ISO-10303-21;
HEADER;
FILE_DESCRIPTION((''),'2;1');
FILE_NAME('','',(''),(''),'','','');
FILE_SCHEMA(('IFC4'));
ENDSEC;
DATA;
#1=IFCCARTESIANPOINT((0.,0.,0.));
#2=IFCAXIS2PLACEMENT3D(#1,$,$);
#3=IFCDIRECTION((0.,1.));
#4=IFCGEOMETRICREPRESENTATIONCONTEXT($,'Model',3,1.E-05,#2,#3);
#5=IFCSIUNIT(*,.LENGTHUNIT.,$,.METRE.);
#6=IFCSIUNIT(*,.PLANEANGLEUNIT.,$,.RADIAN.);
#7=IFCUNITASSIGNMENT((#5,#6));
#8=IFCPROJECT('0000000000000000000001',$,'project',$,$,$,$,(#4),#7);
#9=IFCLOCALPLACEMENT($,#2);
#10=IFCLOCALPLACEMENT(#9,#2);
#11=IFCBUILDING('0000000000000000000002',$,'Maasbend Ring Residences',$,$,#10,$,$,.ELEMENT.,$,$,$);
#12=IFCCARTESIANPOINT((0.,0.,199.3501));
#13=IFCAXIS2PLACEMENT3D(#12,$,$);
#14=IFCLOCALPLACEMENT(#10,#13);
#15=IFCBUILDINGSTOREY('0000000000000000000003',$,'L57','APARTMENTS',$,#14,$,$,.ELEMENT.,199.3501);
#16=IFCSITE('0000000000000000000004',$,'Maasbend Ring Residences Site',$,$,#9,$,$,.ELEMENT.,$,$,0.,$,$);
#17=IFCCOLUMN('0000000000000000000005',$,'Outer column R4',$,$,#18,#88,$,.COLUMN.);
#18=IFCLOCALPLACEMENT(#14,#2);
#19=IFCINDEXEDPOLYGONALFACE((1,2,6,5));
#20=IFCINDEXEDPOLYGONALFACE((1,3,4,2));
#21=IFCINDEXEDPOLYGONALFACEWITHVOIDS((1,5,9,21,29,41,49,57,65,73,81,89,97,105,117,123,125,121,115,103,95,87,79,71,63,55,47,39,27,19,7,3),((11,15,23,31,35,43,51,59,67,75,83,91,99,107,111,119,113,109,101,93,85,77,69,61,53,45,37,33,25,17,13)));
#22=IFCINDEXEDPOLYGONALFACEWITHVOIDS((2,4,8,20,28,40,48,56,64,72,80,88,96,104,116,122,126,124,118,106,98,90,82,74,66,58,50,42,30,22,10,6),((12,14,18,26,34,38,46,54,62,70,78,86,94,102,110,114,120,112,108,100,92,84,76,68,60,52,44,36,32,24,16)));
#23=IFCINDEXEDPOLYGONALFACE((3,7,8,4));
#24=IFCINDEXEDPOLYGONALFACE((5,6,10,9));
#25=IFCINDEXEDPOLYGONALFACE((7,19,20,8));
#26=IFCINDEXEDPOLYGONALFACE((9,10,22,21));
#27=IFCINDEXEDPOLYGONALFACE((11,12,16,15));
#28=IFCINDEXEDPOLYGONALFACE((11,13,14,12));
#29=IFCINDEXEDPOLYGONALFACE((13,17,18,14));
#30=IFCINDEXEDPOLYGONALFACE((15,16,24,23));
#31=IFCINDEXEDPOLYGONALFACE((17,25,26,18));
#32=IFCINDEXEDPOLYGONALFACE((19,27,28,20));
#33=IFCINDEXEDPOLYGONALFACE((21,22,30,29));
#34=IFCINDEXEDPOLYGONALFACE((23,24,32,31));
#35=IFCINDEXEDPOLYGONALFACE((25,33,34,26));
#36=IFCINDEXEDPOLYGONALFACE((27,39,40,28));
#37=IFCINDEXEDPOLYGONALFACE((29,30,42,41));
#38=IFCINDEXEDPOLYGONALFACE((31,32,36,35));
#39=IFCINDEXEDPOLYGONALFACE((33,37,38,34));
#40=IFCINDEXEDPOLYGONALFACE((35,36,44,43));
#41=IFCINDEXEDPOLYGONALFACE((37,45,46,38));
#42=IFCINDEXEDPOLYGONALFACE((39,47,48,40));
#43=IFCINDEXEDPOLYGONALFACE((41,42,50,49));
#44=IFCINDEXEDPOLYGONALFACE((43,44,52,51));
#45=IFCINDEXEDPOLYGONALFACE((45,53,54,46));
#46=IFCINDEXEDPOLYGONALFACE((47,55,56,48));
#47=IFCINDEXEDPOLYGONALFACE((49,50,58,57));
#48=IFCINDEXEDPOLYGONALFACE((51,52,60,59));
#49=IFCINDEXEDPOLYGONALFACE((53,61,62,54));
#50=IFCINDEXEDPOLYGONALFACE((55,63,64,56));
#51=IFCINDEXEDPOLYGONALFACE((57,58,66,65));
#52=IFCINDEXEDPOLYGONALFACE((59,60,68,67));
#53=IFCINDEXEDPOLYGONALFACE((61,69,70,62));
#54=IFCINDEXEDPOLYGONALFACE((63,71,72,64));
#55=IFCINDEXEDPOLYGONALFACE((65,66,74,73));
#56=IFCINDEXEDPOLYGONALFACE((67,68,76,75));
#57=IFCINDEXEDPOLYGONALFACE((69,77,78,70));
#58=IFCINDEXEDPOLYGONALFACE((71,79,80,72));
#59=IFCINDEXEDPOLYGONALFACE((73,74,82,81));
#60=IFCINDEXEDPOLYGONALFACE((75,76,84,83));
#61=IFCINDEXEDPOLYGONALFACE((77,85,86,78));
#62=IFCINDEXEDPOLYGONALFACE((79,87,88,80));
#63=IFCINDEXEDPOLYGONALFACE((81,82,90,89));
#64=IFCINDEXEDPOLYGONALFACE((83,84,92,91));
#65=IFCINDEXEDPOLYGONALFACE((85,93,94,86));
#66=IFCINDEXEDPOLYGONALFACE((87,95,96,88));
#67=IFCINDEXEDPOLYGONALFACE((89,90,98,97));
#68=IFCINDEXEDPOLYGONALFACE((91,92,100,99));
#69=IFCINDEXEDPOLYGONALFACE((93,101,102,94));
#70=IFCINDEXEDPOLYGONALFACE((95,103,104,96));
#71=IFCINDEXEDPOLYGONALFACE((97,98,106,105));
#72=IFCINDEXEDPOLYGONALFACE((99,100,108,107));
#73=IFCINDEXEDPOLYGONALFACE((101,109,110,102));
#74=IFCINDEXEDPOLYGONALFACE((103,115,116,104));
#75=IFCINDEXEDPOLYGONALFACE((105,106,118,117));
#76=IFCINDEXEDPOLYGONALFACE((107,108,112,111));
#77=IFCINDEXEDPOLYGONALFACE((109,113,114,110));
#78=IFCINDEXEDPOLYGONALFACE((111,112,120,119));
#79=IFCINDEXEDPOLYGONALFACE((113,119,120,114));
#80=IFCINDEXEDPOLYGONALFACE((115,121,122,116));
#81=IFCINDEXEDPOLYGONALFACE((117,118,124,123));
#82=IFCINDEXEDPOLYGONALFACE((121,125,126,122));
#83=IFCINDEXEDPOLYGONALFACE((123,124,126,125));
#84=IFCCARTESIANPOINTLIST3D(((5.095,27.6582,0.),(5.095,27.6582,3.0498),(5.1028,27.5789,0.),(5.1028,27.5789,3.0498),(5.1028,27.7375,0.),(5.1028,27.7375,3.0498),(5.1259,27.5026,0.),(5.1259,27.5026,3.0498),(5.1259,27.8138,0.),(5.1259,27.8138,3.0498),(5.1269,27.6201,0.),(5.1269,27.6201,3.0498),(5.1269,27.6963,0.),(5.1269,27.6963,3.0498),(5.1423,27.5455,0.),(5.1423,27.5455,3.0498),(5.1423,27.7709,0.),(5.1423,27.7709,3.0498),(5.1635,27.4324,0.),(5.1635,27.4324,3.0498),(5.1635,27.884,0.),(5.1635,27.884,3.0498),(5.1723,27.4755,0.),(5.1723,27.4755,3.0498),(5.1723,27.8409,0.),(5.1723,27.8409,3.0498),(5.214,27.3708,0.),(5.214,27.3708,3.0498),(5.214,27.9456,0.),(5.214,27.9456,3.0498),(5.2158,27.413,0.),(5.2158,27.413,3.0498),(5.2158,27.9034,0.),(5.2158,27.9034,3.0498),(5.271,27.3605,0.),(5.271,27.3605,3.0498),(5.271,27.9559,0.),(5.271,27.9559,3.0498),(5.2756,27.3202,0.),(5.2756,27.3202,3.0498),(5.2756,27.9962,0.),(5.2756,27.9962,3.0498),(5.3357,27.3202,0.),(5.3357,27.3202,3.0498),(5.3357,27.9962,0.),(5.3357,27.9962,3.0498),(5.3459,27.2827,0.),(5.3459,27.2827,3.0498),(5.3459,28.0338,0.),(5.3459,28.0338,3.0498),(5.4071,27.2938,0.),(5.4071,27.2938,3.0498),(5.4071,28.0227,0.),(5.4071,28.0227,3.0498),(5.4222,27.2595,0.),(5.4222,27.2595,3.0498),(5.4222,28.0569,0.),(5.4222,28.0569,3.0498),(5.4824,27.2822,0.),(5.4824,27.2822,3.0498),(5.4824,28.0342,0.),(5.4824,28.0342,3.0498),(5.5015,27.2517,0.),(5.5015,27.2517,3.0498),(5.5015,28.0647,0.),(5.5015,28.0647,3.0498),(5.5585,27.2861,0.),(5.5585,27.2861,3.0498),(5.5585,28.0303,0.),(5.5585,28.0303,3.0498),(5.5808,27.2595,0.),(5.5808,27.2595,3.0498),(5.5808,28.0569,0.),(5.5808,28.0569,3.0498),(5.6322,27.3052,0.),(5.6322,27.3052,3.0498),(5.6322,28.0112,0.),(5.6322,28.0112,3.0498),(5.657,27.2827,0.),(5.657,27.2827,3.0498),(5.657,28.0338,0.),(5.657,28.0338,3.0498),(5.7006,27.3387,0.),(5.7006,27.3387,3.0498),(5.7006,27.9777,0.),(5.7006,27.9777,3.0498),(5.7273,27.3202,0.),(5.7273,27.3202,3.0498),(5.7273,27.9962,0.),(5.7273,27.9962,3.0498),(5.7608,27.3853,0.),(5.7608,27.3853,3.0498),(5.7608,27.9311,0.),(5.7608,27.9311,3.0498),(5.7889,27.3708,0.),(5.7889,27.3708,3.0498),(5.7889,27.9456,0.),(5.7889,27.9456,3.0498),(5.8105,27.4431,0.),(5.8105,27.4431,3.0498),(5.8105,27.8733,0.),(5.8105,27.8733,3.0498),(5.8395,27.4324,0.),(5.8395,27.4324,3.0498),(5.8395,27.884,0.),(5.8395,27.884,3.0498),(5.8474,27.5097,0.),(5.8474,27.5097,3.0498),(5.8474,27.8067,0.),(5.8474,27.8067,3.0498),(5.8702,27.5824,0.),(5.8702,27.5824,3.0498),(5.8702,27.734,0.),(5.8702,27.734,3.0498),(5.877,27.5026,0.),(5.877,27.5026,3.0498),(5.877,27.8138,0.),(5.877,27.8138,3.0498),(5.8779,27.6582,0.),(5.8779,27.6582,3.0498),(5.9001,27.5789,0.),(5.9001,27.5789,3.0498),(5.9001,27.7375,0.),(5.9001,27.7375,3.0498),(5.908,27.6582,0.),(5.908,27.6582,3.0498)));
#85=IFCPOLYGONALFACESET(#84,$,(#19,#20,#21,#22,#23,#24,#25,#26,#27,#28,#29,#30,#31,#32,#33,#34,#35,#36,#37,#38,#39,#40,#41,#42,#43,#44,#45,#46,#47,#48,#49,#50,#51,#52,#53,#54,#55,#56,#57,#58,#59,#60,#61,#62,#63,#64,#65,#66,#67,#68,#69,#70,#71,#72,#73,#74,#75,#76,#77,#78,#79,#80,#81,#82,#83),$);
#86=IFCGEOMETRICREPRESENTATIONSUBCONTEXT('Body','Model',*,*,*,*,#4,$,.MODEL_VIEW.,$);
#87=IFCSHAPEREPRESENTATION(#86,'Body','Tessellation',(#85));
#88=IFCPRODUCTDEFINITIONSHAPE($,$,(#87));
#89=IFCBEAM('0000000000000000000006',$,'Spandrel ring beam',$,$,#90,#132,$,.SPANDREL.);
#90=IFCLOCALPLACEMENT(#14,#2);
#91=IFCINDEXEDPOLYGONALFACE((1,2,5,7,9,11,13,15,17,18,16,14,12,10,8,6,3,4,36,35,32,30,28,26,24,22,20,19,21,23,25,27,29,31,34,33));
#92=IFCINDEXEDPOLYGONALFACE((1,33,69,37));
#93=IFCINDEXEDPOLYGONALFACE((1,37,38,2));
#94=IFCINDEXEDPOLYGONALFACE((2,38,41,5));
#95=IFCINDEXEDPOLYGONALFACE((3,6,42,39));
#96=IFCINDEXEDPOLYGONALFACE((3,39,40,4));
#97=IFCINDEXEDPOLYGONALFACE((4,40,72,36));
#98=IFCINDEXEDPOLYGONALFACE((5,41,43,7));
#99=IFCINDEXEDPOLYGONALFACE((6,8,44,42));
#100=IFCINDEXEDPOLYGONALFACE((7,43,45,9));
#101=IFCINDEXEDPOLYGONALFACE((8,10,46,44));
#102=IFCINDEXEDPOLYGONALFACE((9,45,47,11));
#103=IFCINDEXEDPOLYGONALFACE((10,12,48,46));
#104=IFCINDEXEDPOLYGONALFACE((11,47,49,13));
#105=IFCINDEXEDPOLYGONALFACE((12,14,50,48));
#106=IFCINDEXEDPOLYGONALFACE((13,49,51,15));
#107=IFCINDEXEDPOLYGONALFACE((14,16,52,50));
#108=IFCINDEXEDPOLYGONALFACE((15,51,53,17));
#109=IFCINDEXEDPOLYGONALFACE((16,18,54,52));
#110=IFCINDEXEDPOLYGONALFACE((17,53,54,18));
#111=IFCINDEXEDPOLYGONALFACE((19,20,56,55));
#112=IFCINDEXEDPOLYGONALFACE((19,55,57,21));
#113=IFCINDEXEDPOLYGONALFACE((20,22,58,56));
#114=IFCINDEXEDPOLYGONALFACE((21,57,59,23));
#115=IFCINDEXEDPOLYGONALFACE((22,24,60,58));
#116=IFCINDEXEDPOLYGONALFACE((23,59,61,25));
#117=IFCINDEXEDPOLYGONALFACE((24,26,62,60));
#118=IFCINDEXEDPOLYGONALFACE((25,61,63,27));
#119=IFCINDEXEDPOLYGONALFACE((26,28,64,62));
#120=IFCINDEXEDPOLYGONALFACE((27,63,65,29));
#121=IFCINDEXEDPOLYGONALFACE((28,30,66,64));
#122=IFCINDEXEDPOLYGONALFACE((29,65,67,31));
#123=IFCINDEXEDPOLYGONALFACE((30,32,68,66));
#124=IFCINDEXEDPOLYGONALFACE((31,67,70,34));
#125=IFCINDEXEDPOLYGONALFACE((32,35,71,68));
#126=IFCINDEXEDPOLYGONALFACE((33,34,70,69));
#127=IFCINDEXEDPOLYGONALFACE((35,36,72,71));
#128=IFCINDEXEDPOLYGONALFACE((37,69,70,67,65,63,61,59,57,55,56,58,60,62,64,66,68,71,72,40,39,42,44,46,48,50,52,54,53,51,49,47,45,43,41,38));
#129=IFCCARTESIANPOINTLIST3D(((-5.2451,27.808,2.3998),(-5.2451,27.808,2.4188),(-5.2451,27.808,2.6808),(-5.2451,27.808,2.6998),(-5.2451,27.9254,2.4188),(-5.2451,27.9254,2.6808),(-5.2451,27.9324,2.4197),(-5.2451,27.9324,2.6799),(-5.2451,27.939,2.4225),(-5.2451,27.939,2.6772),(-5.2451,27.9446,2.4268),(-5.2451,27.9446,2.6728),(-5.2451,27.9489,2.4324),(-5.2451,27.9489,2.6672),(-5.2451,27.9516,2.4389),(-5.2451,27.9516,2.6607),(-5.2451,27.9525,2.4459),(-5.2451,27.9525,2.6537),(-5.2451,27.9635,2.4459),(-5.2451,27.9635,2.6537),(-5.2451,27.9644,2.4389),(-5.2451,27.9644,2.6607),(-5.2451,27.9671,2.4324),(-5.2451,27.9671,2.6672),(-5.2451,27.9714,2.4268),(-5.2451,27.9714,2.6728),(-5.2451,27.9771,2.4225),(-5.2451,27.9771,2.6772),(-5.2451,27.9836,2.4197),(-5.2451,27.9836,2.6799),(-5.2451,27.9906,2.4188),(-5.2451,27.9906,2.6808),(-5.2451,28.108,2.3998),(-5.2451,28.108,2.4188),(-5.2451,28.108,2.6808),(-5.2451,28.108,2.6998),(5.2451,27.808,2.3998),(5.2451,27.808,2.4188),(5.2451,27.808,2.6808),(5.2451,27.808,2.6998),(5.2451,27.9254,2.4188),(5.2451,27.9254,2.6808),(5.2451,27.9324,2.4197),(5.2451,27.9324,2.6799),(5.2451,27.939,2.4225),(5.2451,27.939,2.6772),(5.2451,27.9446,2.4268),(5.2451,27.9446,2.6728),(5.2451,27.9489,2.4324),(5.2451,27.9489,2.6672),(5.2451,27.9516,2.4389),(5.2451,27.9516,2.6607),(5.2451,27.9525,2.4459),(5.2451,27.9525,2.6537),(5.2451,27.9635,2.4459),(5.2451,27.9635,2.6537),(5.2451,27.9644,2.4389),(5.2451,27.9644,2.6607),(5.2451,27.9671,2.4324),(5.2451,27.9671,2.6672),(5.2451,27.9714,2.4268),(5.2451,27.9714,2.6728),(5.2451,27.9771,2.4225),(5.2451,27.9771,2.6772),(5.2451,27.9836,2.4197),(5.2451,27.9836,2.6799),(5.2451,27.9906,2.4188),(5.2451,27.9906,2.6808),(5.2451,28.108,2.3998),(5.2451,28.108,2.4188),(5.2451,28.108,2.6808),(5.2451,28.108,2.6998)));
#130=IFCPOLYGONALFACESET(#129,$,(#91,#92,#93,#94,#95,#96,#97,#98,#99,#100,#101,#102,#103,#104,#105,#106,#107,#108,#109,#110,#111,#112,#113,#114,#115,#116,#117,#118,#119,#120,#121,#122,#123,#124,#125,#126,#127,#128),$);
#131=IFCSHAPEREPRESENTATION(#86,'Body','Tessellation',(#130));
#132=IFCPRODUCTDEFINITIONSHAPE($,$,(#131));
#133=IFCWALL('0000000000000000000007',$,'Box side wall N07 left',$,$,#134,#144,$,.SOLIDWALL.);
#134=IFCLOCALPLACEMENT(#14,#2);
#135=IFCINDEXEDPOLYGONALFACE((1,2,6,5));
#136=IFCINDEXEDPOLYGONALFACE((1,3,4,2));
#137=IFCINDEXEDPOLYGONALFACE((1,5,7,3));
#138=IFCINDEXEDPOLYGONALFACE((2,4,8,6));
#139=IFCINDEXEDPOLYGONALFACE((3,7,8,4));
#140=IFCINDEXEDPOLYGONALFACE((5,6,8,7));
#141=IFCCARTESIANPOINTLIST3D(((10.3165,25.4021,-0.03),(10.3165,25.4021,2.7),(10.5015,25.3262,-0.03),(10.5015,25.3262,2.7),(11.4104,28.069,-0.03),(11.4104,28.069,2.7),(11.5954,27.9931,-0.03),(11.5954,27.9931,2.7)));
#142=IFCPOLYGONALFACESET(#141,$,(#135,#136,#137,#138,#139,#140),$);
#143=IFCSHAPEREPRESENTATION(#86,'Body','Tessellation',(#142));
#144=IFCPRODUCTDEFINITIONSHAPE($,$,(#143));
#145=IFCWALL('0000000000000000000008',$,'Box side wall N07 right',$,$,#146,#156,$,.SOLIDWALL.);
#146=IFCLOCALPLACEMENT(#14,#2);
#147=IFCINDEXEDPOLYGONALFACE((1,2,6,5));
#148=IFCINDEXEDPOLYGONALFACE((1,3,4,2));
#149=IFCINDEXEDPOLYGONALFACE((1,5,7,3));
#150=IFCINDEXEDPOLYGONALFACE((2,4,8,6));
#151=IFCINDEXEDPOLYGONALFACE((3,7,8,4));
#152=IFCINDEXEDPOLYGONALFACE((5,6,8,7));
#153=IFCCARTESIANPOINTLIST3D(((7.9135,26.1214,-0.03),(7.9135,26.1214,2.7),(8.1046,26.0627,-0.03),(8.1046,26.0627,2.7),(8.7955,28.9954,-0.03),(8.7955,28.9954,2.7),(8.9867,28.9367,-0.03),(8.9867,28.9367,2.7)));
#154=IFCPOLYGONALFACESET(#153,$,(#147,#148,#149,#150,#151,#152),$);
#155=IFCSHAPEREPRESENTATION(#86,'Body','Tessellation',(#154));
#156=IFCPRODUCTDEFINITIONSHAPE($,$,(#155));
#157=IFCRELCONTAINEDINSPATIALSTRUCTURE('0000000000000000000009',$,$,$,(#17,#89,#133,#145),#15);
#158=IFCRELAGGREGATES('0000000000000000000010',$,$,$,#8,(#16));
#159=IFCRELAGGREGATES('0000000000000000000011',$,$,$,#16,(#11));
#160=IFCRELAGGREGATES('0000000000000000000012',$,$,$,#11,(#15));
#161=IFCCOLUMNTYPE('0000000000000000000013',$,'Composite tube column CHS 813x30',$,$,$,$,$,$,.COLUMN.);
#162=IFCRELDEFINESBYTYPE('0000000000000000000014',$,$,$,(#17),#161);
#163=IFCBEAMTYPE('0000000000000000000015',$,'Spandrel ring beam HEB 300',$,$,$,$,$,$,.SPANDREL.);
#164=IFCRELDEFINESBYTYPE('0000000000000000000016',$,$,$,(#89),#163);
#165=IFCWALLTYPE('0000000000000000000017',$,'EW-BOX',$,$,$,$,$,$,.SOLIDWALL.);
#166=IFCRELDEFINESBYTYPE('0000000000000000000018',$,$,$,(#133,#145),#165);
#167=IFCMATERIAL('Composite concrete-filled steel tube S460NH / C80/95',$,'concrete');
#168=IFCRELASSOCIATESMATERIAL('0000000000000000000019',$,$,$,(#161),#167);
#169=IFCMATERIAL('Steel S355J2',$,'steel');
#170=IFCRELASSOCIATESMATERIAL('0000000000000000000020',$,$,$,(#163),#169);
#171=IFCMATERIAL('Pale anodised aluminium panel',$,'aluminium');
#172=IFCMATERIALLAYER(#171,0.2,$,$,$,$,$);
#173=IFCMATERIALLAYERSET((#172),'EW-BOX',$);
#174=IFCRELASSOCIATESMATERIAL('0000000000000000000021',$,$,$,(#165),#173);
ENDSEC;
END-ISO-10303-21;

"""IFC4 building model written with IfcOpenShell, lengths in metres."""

from ifc_helpers import new_model, si_unit, direction, frame, frame_2d, origin, origin_2d, place, context, subcontext, project, spatial, rectangle, hollow_circle, i_section, extrude, material, layer, layer_set, material_profile, profile_set, type_object, element, save


model = new_model("IFC4")

# Units and contexts
model_context = context("Model", 3, precision=1e-05, world=origin(), true_north=direction((0.0, 1.0)))
body_context = subcontext(model_context, "Body", "Model", "MODEL_VIEW")
ifc_project = project(units=[si_unit("LENGTHUNIT", "METRE"), si_unit("PLANEANGLEUNIT", "RADIAN")], contexts=[model_context])

# Site, building, storey
site_placement = place(None, origin())
site = spatial("IfcSite", under=ifc_project, at=site_placement, Name="Maasbend Ring Residences Site", CompositionType="ELEMENT", RefElevation=0.0)
building_placement = place(site_placement, origin())
building = spatial("IfcBuilding", under=site, at=building_placement, Name="Maasbend Ring Residences", CompositionType="ELEMENT")
storey_placement = place(building_placement, frame((0.0, 0.0, 199.3501)))
storey = spatial("IfcBuildingStorey", under=building, at=storey_placement, Name="L57", Description="APARTMENTS", CompositionType="ELEMENT", Elevation=199.3501)

# Column
ifc_material_1 = material(Name="Composite concrete-filled steel tube S460NH / C80/95", Category="concrete")
ifc_material_profile_1 = material_profile(ifc_material_1, hollow_circle(Radius=0.4065, WallThickness=0.03, at=origin_2d()), Name="Composite tube column CHS 813x30")
ifc_profile_set_1 = profile_set([ifc_material_profile_1], Name="Composite concrete-filled steel tube S460NH / C80/95")
column_type = type_object("IfcColumnType", Name="Composite tube column CHS 813x30", PredefinedType="COLUMN", material=ifc_profile_set_1)
column_placement = place(storey_placement, frame((5.5015, 27.6582, 0.0), z_axis=(0.0, 0.0, 1.0), x_axis=(1.0, 0.0, 0.0)))
element("IfcColumn", 1, at=column_placement, inside=storey, type_object=column_type, Name="Outer column R4", PredefinedType="COLUMN", context=body_context, shape_type="SweptSolid", body=[
    extrude(hollow_circle(Radius=0.4065, WallThickness=0.03, at=origin_2d()), origin(), (0.0, 0.0, 1.0), 3.0498),
])

# Beam
ifc_material_2 = material(Name="Steel S355J2", Category="steel")
ifc_material_profile_2 = material_profile(ifc_material_2, i_section(OverallWidth=0.3, OverallDepth=0.3, WebThickness=0.011, FlangeThickness=0.019, FilletRadius=0.0271, at=origin_2d()), Name="HEB 300")
ifc_profile_set_2 = profile_set([ifc_material_profile_2], Name="Steel S355J2")
beam_type = type_object("IfcBeamType", Name="Spandrel ring beam HEB 300", PredefinedType="SPANDREL", material=ifc_profile_set_2)
beam_placement = place(storey_placement, frame((5.2451, 27.958, 2.5498), z_axis=(-1.0, 0.0, 0.0), x_axis=(0.0, -1.0, 0.0)))
element("IfcBeam", 2, at=beam_placement, inside=storey, type_object=beam_type, Name="Spandrel ring beam", PredefinedType="SPANDREL", context=body_context, shape_type="SweptSolid", body=[
    extrude(i_section(OverallWidth=0.3, OverallDepth=0.3, WebThickness=0.011, FlangeThickness=0.019, FilletRadius=0.0271, at=origin_2d()), origin(), (0.0, 0.0, 1.0), 10.4902),
])

# Walls
ifc_material_3 = material(Name="Pale anodised aluminium panel", Category="aluminium")
ifc_layer_1 = layer(ifc_material_3, 0.2)
ifc_layer_set_1 = layer_set([ifc_layer_1], Name="EW-BOX")
wall_type_1 = type_object("IfcWallType", Name="EW-BOX", PredefinedType="SOLIDWALL", material=ifc_layer_set_1)
wall_1_placement = place(storey_placement, frame((10.4089, 25.364, -0.03), z_axis=(0.0, 0.0, 1.0), x_axis=(0.37951, 0.925188, 0.0)))
element("IfcWall", 3, at=wall_1_placement, inside=storey, type_object=wall_type_1, Name="Box side wall N07 left", PredefinedType="SOLIDWALL", context=body_context, shape_type="SweptSolid", body=[
    extrude(rectangle(XDim=2.8826, YDim=0.2, at=frame_2d((1.4414, 0.0))), origin(), (0.0, 0.0, 1.0), 2.73),
])
wall_2_placement = place(storey_placement, frame((8.009, 26.092, -0.03), z_axis=(0.0, 0.0, 1.0), x_axis=(0.293407, 0.955988, 0.0)))
element("IfcWall", 4, at=wall_2_placement, inside=storey, type_object=wall_type_1, Name="Box side wall N07 right", PredefinedType="SOLIDWALL", context=body_context, shape_type="SweptSolid", body=[
    extrude(rectangle(XDim=3.0063, YDim=0.2, at=frame_2d((1.5032, 0.0))), origin(), (0.0, 0.0, 1.0), 2.73),
])

save(model, "model.ifc")
